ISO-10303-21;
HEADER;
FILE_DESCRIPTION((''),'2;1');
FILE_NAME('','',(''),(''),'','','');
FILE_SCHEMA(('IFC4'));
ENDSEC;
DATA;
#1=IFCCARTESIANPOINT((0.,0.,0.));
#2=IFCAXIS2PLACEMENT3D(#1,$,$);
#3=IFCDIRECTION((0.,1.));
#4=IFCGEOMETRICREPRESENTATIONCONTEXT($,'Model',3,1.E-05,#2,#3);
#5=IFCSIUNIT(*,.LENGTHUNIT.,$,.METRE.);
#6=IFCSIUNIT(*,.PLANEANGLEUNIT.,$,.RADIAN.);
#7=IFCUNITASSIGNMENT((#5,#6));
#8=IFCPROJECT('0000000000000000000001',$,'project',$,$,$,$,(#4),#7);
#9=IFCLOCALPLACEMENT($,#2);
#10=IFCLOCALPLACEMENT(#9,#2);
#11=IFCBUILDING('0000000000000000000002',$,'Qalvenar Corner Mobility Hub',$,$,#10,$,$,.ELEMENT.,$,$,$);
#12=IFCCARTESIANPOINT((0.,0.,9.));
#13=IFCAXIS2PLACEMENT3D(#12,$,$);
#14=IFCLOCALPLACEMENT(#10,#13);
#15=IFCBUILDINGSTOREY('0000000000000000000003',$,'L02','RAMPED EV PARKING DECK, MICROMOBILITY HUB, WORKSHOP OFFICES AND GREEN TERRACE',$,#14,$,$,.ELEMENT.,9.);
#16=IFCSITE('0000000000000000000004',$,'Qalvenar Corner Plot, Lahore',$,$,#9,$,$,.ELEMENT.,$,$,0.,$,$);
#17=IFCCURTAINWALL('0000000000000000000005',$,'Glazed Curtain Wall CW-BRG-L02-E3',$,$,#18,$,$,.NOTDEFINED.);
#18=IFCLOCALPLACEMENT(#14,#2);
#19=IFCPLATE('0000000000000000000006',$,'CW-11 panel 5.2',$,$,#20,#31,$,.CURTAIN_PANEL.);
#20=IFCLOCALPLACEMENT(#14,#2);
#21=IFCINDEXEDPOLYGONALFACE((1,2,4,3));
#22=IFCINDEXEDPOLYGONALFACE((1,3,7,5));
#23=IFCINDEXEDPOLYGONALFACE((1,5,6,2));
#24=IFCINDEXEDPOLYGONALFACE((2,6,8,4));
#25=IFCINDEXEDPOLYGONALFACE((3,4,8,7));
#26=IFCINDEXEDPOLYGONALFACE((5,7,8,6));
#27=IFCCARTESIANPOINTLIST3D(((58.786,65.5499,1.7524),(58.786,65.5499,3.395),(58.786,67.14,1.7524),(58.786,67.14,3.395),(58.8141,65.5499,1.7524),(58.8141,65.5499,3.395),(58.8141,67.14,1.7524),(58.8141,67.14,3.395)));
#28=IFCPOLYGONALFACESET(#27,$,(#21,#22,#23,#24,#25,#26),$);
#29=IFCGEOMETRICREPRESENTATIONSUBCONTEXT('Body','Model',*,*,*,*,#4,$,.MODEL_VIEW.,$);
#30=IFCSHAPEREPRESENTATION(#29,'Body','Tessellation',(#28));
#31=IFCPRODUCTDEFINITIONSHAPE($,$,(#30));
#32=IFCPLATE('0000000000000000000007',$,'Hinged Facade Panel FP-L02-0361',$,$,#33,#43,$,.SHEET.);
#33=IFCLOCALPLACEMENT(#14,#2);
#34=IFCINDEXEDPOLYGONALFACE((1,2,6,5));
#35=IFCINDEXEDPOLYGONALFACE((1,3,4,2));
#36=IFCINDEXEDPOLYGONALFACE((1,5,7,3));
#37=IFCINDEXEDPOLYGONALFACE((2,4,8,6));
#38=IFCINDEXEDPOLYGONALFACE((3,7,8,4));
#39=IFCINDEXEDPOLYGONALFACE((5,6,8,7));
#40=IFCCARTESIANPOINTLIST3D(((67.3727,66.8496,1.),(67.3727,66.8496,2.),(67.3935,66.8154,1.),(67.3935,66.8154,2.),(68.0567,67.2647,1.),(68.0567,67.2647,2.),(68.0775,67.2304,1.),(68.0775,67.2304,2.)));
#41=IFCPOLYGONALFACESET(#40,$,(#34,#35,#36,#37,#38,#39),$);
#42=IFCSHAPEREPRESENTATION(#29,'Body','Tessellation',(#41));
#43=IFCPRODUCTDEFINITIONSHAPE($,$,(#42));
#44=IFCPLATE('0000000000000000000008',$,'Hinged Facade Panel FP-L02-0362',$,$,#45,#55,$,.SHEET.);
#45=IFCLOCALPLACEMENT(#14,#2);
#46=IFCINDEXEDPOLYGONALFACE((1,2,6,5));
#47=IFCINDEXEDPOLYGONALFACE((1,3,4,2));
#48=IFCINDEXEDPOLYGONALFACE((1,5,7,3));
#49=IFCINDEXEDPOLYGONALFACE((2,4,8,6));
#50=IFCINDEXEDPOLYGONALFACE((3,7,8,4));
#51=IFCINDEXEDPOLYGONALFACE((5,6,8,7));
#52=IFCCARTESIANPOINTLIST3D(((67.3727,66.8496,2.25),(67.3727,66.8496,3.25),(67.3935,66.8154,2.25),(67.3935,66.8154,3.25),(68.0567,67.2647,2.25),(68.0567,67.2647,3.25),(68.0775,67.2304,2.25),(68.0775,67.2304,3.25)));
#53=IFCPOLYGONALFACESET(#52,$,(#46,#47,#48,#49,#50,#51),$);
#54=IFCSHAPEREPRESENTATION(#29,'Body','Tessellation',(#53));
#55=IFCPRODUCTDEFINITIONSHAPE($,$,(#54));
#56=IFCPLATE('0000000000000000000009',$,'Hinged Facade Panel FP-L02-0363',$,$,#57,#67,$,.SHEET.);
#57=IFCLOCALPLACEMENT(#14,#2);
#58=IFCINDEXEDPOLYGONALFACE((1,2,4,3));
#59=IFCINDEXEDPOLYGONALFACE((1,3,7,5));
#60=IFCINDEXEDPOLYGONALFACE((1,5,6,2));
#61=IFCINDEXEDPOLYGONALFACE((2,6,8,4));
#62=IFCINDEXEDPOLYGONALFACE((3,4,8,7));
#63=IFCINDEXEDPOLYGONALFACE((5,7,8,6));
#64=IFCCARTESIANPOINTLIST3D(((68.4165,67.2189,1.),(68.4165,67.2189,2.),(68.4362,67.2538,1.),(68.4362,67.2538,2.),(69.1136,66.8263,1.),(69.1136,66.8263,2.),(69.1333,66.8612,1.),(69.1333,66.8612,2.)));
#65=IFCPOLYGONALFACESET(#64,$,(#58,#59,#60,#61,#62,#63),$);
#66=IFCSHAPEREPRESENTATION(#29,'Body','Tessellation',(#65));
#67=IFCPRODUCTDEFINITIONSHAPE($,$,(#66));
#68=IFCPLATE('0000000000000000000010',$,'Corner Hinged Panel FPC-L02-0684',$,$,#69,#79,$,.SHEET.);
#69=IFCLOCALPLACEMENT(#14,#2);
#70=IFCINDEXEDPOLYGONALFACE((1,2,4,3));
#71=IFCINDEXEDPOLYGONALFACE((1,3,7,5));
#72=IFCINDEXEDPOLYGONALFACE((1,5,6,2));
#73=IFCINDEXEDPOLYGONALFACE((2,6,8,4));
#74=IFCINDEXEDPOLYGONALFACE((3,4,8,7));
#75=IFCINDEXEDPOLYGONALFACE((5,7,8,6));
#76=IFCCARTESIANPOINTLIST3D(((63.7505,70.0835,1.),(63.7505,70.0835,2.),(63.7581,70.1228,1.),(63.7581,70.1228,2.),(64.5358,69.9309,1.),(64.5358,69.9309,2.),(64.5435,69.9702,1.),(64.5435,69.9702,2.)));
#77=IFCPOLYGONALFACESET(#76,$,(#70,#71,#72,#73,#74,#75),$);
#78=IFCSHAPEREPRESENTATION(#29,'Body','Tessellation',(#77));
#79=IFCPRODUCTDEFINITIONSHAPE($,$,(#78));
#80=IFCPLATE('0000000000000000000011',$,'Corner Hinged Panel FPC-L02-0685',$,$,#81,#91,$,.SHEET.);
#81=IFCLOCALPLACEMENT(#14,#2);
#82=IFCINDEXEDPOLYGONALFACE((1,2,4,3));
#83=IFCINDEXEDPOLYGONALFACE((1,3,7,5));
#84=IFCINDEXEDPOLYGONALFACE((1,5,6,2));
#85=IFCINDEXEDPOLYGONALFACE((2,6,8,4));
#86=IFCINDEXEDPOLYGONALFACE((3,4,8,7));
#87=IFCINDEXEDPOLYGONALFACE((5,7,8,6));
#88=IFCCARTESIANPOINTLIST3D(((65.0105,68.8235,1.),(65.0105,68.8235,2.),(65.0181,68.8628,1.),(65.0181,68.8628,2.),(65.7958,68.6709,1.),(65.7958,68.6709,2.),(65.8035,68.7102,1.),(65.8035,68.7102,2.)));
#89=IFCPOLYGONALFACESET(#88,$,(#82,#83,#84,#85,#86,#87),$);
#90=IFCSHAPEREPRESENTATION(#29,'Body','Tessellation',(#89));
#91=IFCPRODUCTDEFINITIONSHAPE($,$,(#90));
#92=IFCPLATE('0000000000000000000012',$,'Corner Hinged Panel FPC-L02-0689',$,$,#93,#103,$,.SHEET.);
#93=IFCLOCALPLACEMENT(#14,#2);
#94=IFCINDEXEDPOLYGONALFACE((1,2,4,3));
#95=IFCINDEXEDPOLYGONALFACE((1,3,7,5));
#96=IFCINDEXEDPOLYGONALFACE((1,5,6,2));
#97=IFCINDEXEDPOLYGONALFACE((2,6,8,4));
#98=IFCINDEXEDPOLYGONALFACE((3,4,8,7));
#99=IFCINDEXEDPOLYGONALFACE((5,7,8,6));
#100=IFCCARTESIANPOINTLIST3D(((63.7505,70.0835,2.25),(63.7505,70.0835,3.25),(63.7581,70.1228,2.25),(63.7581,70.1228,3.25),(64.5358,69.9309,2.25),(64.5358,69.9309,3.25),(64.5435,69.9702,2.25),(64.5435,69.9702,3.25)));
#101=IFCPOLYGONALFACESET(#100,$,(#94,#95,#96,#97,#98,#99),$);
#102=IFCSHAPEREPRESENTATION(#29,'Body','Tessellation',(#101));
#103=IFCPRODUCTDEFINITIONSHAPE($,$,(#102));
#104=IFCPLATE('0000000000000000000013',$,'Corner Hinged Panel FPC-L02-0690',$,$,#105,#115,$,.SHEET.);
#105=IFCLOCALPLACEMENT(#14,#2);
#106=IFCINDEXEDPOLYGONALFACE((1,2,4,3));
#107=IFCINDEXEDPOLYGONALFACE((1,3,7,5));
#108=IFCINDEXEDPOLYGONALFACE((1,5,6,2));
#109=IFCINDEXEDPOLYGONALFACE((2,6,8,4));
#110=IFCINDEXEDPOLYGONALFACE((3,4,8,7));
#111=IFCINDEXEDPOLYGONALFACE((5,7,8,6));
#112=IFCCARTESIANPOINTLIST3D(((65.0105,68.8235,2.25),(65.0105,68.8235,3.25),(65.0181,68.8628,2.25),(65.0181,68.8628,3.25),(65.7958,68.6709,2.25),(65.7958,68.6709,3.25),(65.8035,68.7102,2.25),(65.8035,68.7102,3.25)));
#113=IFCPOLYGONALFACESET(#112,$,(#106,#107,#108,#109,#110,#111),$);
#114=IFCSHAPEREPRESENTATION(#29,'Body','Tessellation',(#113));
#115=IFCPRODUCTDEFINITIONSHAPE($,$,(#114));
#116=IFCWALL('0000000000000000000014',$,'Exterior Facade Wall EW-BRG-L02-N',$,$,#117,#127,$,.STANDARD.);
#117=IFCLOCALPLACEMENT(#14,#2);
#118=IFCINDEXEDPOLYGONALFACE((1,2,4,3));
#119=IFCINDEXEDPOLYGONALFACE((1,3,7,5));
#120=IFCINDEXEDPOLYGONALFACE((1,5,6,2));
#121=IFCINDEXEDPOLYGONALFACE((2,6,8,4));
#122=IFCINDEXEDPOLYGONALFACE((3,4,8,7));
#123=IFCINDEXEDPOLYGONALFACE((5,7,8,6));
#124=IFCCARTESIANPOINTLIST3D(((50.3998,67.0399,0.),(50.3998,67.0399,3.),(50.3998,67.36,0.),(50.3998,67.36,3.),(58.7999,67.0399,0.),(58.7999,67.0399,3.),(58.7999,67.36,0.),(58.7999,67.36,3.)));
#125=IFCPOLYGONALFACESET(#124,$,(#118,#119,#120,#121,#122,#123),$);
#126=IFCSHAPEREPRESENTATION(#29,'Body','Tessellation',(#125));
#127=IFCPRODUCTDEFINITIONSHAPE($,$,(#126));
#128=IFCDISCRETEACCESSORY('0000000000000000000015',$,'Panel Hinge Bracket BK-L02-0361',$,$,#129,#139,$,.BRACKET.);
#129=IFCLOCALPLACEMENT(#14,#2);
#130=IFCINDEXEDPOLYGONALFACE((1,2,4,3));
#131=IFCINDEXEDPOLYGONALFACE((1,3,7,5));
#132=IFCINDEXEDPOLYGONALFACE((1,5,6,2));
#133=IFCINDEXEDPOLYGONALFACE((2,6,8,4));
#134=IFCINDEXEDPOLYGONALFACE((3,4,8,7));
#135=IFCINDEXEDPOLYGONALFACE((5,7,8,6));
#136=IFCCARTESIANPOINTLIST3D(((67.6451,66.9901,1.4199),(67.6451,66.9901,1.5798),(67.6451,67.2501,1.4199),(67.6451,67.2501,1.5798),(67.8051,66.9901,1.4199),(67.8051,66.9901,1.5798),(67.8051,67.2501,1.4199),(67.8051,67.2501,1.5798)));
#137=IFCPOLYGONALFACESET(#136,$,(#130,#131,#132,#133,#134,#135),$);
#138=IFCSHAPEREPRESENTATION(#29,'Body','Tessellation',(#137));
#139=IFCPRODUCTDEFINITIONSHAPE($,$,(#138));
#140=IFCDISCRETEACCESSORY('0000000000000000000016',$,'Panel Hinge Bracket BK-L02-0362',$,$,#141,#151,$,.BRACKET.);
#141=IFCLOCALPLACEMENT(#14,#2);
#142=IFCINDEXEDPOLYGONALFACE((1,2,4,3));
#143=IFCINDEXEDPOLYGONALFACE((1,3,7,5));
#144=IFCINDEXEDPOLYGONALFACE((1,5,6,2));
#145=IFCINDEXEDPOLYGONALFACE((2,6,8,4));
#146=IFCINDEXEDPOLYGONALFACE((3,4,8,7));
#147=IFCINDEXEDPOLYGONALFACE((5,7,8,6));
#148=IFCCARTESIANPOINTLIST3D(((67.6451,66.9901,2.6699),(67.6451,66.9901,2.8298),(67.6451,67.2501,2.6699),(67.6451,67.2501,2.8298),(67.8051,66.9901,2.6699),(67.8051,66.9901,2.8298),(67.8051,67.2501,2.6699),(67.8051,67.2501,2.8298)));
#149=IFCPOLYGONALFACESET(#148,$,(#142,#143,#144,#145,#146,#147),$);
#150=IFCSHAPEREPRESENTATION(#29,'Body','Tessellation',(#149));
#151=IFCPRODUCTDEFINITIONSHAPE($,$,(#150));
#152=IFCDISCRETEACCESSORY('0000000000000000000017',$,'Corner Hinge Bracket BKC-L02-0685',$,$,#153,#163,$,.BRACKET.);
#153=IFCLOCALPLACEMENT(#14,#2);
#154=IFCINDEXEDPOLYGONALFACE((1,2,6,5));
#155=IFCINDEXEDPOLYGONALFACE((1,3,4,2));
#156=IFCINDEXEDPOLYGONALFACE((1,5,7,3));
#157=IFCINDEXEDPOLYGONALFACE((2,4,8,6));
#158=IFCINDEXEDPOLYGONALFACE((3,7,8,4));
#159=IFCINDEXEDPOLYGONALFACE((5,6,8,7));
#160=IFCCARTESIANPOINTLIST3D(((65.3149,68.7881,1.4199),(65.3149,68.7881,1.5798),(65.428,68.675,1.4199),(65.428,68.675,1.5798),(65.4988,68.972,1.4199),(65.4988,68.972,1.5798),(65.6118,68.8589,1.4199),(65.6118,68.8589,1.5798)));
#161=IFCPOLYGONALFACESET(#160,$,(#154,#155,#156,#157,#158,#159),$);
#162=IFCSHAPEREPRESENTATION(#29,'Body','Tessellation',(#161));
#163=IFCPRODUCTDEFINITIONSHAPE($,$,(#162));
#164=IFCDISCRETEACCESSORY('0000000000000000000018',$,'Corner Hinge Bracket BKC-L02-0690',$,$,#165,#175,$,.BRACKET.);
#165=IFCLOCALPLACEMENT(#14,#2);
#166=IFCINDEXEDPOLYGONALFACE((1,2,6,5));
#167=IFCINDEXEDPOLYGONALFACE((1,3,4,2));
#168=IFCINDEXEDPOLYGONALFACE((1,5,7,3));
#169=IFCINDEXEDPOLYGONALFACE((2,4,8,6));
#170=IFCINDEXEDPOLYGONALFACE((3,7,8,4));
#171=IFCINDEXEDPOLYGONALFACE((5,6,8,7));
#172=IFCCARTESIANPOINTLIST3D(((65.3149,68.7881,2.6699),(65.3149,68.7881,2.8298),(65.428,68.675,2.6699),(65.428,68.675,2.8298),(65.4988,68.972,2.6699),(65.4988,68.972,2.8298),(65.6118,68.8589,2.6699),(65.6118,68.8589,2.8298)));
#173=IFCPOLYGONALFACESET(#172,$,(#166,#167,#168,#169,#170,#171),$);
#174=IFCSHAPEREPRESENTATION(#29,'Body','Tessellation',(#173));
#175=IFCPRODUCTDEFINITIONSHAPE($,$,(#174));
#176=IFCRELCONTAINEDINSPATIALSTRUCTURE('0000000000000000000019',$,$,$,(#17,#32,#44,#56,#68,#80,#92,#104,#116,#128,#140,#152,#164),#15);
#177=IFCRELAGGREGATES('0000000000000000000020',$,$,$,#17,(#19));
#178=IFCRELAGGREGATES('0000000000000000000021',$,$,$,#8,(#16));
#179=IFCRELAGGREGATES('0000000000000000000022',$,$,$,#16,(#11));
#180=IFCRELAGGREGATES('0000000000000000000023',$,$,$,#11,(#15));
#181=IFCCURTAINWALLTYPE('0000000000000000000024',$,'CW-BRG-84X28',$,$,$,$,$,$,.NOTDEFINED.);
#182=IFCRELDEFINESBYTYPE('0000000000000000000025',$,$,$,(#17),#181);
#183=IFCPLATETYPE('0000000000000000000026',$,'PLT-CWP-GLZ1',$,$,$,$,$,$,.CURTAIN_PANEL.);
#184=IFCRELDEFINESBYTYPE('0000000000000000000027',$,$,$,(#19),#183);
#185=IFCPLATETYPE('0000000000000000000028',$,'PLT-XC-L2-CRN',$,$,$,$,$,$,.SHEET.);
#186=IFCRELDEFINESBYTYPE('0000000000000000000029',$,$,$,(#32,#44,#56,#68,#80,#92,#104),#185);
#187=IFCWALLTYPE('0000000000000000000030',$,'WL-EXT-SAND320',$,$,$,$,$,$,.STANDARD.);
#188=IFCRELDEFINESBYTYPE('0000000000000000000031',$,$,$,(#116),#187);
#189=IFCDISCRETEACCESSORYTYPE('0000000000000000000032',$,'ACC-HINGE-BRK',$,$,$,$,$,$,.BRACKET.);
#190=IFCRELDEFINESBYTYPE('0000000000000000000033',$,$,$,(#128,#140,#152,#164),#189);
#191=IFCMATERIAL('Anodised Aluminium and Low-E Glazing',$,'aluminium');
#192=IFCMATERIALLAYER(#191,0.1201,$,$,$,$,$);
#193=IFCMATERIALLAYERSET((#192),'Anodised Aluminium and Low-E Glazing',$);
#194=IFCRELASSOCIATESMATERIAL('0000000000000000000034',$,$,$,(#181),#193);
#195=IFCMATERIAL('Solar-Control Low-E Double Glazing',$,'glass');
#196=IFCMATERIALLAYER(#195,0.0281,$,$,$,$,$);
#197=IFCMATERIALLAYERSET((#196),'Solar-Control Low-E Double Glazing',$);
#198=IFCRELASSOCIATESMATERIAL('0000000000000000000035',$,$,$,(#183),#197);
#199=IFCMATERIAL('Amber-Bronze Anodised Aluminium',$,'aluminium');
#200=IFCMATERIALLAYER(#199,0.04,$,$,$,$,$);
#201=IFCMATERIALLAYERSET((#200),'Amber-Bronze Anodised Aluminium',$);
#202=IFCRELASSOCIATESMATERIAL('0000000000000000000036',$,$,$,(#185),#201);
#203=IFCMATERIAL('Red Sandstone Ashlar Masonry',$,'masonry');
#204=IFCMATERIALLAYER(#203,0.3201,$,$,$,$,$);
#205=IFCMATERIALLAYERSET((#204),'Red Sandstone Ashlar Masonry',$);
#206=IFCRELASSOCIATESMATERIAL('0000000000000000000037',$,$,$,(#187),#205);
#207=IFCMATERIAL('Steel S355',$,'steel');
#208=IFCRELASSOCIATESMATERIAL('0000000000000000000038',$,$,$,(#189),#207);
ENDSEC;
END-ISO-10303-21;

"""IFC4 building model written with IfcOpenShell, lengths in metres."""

from ifc_helpers import new_model, si_unit, direction, frame, frame_2d, origin, origin_2d, place, context, subcontext, project, spatial, rectangle, extrude, material, layer, layer_set, type_object, element, aggregate, save


model = new_model("IFC4")

# Units and contexts
model_context = context("Model", 3, precision=1e-05, world=origin(), true_north=direction((0.0, 1.0)))
body_context = subcontext(model_context, "Body", "Model", "MODEL_VIEW")
ifc_project = project(units=[si_unit("LENGTHUNIT", "METRE"), si_unit("PLANEANGLEUNIT", "RADIAN")], contexts=[model_context])

# Site, building, storey
site_placement = place(None, origin())
site = spatial("IfcSite", under=ifc_project, at=site_placement, Name="Qalvenar Corner Plot, Lahore", CompositionType="ELEMENT", RefElevation=0.0)
building_placement = place(site_placement, origin())
building = spatial("IfcBuilding", under=site, at=building_placement, Name="Qalvenar Corner Mobility Hub", CompositionType="ELEMENT")
storey_placement = place(building_placement, frame((0.0, 0.0, 9.0)))
storey = spatial("IfcBuildingStorey", under=building, at=storey_placement, Name="L02", Description="RAMPED EV PARKING DECK, MICROMOBILITY HUB, WORKSHOP OFFICES AND GREEN TERRACE", CompositionType="ELEMENT", Elevation=9.0)

# Shared definitions
ifc_material_1 = material(Name="Steel S355", Category="steel")

# Curtain wall
ifc_material_2 = material(Name="Anodised Aluminium and Low-E Glazing", Category="aluminium")
ifc_layer_1 = layer(ifc_material_2, 0.1201)
ifc_layer_set_1 = layer_set([ifc_layer_1], Name="Anodised Aluminium and Low-E Glazing")
curtain_wall_type = type_object("IfcCurtainWallType", Name="CW-BRG-84X28", PredefinedType="NOTDEFINED", material=ifc_layer_set_1)
curtain_wall_placement = place(storey_placement, origin())
curtain_wall = element("IfcCurtainWall", 1, at=curtain_wall_placement, inside=storey, type_object=curtain_wall_type, Name="Glazed Curtain Wall CW-BRG-L02-E3", PredefinedType="NOTDEFINED")

# Plate
ifc_material_3 = material(Name="Solar-Control Low-E Double Glazing", Category="glass")
ifc_layer_2 = layer(ifc_material_3, 0.0281)
ifc_layer_set_2 = layer_set([ifc_layer_2], Name="Solar-Control Low-E Double Glazing")
plate_type_1 = type_object("IfcPlateType", Name="PLT-CWP-GLZ1", PredefinedType="CURTAIN_PANEL", material=ifc_layer_set_2)
plate_1_placement = place(storey_placement, frame((58.8, 66.345, 1.7524), z_axis=(0.0, 0.0, 1.0), x_axis=(0.0, 1.0, 0.0)))
plate_1 = element("IfcPlate", 2, at=plate_1_placement, type_object=plate_type_1, Name="CW-11 panel 5.2", PredefinedType="CURTAIN_PANEL", context=body_context, shape_type="SweptSolid", body=[
    extrude(rectangle(XDim=1.5901, YDim=0.0281, at=origin_2d()), origin(), (0.0, 0.0, 1.0), 1.6426),
])
aggregate(curtain_wall, [plate_1])

# Plates
ifc_material_4 = material(Name="Amber-Bronze Anodised Aluminium", Category="aluminium")
ifc_layer_3 = layer(ifc_material_4, 0.04)
ifc_layer_set_3 = layer_set([ifc_layer_3], Name="Amber-Bronze Anodised Aluminium")
plate_type_2 = type_object("IfcPlateType", Name="PLT-XC-L2-CRN", PredefinedType="SHEET", material=ifc_layer_set_3)
for number, where, z_axis, x_axis, name in (
    (3, (67.7251, 67.04, 1.0), (0.0, 0.0, 1.0), (0.854912, 0.518773, 0.0), "Hinged Facade Panel FP-L02-0361"),
    (4, (67.7251, 67.04, 2.25), (0.0, 0.0, 1.0), (0.854912, 0.518773, 0.0), "Hinged Facade Panel FP-L02-0362"),
    (5, (68.7749, 67.04, 1.0), (0.0, 0.0, 1.0), (0.871299, -0.490752, 0.0), "Hinged Facade Panel FP-L02-0363"),
    (6, (64.147, 70.0269, 1.0), (0.0, 0.0, 1.0), (0.981627, -0.190809, 0.0), "Corner Hinged Panel FPC-L02-0684"),
    (7, (65.407, 68.7668, 1.0), (0.0, 0.0, 1.0), (0.981627, -0.190809, 0.0), "Corner Hinged Panel FPC-L02-0685"),
    (8, (64.147, 70.0269, 2.25), (0.0, 0.0, 1.0), (0.981627, -0.190809, 0.0), "Corner Hinged Panel FPC-L02-0689"),
    (9, (65.407, 68.7668, 2.25), (0.0, 0.0, 1.0), (0.981627, -0.190809, 0.0), "Corner Hinged Panel FPC-L02-0690"),
):
    element("IfcPlate", number, at=place(storey_placement, frame(where, z_axis=z_axis, x_axis=x_axis)), inside=storey, type_object=plate_type_2, Name=name, PredefinedType="SHEET", context=body_context, shape_type="SweptSolid", body=[
        extrude(rectangle(XDim=0.8, YDim=0.04, at=origin_2d()), origin(), (0.0, 0.0, 1.0), 1.0),
    ])

# Wall
ifc_material_5 = material(Name="Red Sandstone Ashlar Masonry", Category="masonry")
ifc_layer_4 = layer(ifc_material_5, 0.3201)
ifc_layer_set_4 = layer_set([ifc_layer_4], Name="Red Sandstone Ashlar Masonry")
wall_type = type_object("IfcWallType", Name="WL-EXT-SAND320", PredefinedType="STANDARD", material=ifc_layer_set_4)
wall_placement = place(storey_placement, frame((58.8, 67.2, 0.0), z_axis=(0.0, 0.0, 1.0), x_axis=(-1.0, 0.0, 0.0)))
element("IfcWall", 10, at=wall_placement, inside=storey, type_object=wall_type, Name="Exterior Facade Wall EW-BRG-L02-N", PredefinedType="STANDARD", context=body_context, shape_type="SweptSolid", body=[
    extrude(rectangle(XDim=8.4001, YDim=0.3201, at=frame_2d((4.2002, 0.0))), origin(), (0.0, 0.0, 1.0), 3.0),
])

# Discrete accessories
discrete_accessory_type = type_object("IfcDiscreteAccessoryType", Name="ACC-HINGE-BRK", PredefinedType="BRACKET", material=ifc_material_1)
for number, where, z_axis, x_axis, name in (
    (11, (67.7251, 67.1201, 1.4199), (0.0, 0.0, 1.0), (1.0, 0.0, 0.0), "Panel Hinge Bracket BK-L02-0361"),
    (12, (67.7251, 67.1201, 2.6699), (0.0, 0.0, 1.0), (1.0, 0.0, 0.0), "Panel Hinge Bracket BK-L02-0362"),
    (13, (65.4634, 68.8235, 1.4199), (0.0, 0.0, 1.0), (0.707107, -0.707107, 0.0), "Corner Hinge Bracket BKC-L02-0685"),
    (14, (65.4634, 68.8235, 2.6699), (0.0, 0.0, 1.0), (0.707107, -0.707107, 0.0), "Corner Hinge Bracket BKC-L02-0690"),
):
    element("IfcDiscreteAccessory", number, at=place(storey_placement, frame(where, z_axis=z_axis, x_axis=x_axis)), inside=storey, type_object=discrete_accessory_type, Name=name, PredefinedType="BRACKET", context=body_context, shape_type="SweptSolid", body=[
        extrude(rectangle(XDim=0.1599, YDim=0.26, at=origin_2d()), origin(), (0.0, 0.0, 1.0), 0.1599),
    ])

save(model, "model.ifc")
